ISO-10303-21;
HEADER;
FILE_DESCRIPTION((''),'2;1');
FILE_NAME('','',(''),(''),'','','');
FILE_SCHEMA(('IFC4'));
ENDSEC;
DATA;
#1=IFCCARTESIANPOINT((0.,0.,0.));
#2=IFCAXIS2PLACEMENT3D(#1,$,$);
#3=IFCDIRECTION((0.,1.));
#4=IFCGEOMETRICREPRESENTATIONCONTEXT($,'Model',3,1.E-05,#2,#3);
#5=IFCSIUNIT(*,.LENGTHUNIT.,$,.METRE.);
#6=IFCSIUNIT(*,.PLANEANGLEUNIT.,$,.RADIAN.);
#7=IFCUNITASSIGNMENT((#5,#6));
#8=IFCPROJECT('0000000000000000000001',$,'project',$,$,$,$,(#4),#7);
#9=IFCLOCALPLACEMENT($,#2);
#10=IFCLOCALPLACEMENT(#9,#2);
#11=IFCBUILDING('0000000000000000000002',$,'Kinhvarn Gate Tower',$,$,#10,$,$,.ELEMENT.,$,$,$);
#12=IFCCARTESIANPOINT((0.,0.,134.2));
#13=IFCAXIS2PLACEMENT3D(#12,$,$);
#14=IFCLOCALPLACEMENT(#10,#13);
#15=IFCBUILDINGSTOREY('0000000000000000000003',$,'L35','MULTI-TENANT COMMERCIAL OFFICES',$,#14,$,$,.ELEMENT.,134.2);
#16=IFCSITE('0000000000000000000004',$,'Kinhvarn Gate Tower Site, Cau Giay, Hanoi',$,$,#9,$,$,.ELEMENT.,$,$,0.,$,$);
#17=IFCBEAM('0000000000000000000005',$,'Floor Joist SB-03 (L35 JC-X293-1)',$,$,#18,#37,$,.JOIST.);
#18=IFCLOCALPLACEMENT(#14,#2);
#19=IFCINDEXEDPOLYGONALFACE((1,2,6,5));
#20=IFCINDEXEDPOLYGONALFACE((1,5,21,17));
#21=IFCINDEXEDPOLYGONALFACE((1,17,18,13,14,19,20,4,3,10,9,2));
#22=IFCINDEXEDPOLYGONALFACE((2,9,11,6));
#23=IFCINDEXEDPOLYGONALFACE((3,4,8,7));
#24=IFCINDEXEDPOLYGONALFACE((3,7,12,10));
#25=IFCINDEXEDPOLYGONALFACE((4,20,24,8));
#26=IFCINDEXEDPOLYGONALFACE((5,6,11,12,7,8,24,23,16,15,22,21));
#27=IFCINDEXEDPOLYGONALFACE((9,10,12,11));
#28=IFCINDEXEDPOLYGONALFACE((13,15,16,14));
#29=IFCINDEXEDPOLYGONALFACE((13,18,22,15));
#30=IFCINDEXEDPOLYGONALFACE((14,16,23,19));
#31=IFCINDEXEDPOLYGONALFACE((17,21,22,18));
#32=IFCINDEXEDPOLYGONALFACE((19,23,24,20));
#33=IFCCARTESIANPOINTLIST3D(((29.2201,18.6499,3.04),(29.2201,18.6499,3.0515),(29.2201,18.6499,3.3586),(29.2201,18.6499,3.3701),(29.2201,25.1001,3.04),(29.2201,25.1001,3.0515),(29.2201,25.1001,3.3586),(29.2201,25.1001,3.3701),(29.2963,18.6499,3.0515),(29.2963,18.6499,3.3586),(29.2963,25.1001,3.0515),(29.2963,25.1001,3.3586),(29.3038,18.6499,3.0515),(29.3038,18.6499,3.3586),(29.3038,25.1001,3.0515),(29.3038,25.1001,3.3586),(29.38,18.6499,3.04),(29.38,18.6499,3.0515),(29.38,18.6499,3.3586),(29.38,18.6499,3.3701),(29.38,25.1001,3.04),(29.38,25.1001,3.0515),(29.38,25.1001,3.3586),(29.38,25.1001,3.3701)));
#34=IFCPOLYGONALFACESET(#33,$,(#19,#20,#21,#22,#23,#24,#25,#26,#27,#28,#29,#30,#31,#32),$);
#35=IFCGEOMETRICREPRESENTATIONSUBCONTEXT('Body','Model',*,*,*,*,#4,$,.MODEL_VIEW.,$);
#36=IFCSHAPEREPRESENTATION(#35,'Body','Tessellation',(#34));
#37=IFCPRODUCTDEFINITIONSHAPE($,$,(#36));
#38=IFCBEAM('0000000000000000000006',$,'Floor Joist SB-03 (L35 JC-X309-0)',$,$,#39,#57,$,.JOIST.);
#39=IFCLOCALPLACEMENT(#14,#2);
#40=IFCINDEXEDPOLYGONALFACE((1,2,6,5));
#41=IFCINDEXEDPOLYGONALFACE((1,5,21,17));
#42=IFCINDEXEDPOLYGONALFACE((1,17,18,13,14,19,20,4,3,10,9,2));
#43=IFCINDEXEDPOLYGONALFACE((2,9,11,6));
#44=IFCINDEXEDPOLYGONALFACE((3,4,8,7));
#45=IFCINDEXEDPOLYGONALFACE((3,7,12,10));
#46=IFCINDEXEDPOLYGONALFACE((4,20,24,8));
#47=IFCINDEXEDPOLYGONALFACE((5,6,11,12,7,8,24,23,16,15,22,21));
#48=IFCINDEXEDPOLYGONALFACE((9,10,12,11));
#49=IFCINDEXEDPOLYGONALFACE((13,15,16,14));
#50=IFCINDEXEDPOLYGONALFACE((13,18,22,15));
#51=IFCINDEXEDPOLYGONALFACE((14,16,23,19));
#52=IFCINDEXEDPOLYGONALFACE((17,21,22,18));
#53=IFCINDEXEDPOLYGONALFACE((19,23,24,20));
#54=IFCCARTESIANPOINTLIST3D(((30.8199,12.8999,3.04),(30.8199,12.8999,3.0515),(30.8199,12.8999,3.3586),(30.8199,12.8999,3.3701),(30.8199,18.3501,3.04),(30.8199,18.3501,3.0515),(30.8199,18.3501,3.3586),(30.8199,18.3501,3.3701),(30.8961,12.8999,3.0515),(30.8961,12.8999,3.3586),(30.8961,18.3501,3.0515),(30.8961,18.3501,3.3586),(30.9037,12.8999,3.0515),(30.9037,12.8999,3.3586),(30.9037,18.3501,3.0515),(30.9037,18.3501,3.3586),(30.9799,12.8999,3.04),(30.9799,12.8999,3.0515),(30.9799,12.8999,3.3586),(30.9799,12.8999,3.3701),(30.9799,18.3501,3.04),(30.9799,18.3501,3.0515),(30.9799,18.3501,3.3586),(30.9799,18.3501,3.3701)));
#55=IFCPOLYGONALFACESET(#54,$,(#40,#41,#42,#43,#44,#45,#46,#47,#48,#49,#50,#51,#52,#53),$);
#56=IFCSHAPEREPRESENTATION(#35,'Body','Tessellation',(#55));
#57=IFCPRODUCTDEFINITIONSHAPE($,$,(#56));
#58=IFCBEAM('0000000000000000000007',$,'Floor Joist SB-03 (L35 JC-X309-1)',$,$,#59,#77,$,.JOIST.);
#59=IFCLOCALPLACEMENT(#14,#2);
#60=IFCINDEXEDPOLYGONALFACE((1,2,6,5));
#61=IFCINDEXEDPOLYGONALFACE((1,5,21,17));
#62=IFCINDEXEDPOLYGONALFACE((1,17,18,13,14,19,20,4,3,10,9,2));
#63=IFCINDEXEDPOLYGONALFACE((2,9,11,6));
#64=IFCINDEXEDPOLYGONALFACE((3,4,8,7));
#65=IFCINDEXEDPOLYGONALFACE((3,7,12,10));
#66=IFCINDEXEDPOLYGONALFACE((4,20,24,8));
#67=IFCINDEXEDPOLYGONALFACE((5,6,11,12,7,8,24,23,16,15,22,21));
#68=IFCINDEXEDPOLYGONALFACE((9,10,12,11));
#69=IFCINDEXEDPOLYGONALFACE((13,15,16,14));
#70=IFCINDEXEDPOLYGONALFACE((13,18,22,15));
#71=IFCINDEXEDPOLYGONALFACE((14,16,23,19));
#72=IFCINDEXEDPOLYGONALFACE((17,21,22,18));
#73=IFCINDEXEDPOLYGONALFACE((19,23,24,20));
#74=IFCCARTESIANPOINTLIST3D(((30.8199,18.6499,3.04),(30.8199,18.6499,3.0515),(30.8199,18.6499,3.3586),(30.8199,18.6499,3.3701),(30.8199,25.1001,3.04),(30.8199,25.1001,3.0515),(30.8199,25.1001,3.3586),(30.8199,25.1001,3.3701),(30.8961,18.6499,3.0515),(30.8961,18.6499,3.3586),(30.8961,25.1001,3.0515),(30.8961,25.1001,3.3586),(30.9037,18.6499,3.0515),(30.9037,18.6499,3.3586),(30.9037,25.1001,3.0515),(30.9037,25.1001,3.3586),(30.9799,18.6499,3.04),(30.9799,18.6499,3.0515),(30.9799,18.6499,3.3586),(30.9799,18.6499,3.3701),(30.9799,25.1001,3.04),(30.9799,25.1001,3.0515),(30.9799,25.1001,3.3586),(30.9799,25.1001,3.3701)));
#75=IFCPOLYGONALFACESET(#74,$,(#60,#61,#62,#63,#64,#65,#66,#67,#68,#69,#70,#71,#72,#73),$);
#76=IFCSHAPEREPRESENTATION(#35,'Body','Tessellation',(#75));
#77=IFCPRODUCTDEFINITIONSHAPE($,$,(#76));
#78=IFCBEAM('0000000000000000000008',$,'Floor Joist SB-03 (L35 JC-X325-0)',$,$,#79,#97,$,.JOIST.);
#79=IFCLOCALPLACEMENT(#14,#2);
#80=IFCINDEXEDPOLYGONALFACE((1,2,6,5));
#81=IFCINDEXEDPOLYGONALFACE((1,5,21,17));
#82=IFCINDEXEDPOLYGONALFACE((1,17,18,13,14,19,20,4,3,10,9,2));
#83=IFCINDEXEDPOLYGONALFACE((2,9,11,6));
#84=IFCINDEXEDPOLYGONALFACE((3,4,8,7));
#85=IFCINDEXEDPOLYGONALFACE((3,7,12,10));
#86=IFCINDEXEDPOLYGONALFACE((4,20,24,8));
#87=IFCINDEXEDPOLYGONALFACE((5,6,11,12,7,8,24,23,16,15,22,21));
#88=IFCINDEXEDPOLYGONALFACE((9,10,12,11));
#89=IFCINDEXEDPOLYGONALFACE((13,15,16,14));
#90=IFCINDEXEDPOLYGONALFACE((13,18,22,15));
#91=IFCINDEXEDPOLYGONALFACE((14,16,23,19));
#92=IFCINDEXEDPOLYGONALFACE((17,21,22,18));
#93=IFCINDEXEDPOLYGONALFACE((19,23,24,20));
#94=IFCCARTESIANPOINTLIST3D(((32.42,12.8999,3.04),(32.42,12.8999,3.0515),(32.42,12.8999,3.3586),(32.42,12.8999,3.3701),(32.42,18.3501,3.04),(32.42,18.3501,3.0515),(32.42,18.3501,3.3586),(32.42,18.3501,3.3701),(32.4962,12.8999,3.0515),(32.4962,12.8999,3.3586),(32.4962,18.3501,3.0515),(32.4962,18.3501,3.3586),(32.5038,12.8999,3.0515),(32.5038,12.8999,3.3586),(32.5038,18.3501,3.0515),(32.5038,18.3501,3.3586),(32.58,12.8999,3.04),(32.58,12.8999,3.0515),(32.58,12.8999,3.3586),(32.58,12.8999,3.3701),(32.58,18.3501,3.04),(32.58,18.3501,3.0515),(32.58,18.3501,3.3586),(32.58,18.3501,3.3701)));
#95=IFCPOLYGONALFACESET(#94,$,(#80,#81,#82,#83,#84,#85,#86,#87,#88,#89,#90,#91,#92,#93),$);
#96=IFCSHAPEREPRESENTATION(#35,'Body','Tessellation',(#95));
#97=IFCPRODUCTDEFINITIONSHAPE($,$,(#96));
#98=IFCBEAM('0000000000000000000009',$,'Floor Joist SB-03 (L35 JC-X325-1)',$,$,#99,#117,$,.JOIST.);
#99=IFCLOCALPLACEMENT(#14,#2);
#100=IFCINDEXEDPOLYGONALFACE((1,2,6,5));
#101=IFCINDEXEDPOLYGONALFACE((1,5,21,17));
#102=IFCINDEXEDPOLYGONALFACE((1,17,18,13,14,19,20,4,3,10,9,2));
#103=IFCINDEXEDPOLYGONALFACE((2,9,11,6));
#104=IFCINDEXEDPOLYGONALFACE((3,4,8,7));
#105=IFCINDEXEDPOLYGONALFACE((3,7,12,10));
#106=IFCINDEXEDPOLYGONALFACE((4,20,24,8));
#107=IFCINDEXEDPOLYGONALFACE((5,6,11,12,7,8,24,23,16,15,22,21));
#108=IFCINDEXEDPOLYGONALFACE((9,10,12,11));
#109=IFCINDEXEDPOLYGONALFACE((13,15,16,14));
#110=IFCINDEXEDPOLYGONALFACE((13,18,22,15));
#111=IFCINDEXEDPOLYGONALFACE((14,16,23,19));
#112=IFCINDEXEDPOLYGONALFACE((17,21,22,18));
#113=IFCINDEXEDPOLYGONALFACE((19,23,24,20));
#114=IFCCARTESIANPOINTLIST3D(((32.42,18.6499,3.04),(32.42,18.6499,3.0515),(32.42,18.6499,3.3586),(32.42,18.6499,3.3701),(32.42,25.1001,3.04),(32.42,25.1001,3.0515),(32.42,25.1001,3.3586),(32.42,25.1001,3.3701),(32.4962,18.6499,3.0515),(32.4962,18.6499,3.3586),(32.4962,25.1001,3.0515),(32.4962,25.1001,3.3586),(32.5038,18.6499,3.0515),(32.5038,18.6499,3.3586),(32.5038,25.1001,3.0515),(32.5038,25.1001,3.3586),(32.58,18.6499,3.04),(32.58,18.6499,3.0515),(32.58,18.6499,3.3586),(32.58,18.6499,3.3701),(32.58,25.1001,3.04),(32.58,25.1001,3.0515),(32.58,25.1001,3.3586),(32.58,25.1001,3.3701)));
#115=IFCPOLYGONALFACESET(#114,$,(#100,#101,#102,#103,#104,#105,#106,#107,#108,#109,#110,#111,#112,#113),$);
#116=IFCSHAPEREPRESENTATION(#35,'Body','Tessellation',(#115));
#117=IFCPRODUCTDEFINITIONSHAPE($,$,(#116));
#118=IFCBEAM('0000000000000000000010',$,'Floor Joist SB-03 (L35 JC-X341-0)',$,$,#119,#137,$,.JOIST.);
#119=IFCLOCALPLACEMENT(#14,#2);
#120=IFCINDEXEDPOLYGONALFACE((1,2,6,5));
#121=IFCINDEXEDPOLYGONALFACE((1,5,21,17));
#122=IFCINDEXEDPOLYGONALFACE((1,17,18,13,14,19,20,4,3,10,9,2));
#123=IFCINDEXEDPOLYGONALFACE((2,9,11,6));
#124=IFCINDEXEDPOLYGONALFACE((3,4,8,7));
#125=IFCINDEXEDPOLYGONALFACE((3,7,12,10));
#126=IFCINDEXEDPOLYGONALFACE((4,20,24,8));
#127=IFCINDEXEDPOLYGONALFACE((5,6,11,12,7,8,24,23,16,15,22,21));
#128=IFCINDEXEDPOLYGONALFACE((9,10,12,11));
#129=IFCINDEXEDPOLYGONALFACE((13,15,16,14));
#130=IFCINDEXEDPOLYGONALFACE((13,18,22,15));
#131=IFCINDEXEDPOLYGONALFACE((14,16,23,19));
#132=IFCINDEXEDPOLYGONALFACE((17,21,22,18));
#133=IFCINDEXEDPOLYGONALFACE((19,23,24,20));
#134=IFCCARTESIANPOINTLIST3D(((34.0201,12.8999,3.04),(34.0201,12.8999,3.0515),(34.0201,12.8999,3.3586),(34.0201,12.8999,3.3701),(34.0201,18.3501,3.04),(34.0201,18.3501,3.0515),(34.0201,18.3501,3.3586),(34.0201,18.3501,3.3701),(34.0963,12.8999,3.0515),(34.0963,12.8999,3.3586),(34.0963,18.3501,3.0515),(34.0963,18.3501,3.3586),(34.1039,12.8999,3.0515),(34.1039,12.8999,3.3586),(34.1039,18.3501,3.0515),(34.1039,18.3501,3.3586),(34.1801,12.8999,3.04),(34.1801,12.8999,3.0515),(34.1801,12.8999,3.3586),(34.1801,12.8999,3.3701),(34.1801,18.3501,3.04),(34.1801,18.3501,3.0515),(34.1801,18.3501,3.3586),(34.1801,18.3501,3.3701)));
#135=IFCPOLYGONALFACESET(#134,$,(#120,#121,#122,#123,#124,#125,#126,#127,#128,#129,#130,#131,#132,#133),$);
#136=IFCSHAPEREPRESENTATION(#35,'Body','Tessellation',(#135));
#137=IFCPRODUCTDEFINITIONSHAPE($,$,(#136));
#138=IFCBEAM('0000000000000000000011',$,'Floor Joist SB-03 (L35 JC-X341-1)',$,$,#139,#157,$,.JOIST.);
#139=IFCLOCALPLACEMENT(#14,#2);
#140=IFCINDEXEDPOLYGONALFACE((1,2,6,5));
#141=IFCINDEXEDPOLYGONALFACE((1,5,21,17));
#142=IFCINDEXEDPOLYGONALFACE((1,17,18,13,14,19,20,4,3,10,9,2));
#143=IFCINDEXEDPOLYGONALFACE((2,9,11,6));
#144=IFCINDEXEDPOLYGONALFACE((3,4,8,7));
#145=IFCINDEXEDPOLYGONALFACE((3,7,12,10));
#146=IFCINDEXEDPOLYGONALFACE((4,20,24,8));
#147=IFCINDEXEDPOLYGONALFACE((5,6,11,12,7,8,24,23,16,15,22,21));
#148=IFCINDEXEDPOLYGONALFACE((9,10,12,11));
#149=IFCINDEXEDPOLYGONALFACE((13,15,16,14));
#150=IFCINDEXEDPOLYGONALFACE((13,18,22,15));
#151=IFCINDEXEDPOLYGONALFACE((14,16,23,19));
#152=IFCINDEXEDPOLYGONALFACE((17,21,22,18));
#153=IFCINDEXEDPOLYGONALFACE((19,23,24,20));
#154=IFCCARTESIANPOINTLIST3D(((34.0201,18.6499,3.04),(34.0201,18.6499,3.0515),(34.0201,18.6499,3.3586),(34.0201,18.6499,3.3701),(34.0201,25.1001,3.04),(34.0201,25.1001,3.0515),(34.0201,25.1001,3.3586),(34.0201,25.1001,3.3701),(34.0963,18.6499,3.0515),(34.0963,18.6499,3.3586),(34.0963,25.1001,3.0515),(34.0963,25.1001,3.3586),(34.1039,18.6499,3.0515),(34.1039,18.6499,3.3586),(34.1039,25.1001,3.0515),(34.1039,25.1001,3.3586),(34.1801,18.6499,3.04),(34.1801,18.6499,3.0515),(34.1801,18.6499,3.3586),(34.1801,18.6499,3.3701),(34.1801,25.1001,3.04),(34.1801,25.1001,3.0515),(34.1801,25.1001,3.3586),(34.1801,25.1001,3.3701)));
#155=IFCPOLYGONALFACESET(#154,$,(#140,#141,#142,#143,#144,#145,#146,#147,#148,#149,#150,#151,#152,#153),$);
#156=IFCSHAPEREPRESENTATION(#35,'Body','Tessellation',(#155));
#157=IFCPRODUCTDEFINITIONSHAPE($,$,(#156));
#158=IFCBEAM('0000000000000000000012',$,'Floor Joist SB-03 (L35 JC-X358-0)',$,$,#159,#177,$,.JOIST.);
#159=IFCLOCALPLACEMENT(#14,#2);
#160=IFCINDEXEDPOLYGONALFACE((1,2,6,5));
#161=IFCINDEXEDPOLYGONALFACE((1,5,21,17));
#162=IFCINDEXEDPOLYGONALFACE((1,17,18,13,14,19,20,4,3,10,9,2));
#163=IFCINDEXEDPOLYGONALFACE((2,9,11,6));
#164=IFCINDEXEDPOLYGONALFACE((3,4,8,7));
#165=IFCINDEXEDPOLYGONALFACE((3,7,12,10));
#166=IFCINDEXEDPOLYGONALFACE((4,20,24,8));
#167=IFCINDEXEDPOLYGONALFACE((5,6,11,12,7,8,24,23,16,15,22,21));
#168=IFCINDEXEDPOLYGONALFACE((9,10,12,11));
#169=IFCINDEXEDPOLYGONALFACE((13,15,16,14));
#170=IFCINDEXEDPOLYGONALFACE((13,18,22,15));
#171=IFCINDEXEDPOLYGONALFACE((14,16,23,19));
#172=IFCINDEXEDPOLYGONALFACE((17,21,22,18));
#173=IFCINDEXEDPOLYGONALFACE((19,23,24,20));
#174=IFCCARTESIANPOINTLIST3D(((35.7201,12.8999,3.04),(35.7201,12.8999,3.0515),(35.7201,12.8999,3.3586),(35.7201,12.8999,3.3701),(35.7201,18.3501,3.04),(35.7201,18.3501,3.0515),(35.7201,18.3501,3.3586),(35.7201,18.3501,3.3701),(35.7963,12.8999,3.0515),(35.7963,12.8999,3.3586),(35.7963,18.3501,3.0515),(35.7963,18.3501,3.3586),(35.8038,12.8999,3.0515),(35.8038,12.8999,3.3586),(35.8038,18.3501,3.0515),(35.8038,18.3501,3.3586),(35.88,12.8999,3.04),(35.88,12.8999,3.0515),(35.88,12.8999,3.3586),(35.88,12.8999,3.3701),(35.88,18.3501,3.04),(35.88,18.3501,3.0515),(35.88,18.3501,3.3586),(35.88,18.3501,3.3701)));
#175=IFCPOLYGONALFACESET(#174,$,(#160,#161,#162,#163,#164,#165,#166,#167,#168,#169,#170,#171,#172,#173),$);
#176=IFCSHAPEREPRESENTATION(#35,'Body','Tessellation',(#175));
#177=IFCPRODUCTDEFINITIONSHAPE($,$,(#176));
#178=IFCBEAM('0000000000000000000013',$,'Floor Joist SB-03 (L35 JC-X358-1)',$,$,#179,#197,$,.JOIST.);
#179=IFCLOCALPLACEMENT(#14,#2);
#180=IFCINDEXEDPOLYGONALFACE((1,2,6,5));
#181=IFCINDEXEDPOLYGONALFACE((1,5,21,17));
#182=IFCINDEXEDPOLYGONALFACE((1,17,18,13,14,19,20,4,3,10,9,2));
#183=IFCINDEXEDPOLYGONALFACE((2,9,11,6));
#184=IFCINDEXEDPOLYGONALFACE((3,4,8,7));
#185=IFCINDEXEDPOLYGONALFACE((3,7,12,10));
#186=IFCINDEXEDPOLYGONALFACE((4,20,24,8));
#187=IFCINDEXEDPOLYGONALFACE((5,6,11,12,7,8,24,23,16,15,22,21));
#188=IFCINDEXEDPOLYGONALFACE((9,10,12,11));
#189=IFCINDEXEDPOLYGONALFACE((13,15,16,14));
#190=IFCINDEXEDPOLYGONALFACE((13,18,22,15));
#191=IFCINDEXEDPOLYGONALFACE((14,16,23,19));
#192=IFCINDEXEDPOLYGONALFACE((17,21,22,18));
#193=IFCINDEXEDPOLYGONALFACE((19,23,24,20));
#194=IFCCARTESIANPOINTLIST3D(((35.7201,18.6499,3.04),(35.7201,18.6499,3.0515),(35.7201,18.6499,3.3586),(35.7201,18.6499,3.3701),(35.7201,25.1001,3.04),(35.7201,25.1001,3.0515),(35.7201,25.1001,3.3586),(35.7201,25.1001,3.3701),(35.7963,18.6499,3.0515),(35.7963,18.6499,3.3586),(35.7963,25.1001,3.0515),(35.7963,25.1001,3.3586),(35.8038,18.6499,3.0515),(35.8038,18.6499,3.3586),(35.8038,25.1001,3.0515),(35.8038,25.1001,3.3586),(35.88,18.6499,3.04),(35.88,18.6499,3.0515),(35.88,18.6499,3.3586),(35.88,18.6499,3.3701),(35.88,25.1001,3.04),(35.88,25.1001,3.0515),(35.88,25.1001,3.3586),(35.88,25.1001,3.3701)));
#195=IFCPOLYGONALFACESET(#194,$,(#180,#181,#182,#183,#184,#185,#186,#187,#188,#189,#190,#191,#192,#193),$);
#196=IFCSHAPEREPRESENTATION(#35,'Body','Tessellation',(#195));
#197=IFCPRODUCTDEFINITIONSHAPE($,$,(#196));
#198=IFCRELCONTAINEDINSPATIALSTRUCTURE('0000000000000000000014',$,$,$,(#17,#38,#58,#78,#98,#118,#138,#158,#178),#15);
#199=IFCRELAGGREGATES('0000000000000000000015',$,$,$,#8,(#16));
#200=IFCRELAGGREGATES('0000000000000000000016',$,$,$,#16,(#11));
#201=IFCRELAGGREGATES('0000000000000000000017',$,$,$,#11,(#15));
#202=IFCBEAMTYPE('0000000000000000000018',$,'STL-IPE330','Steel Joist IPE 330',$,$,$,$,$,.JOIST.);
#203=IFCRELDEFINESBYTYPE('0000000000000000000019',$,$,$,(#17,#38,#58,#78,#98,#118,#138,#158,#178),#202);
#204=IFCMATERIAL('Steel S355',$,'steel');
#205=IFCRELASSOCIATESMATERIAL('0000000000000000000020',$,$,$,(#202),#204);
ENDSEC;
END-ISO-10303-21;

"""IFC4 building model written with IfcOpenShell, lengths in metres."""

from ifc_helpers import new_model, si_unit, direction, frame, origin, origin_2d, place, context, subcontext, project, spatial, i_section, extrude, material, material_profile, profile_set, type_object, element, save


model = new_model("IFC4")

# Units and contexts
model_context = context("Model", 3, precision=1e-05, world=origin(), true_north=direction((0.0, 1.0)))
body_context = subcontext(model_context, "Body", "Model", "MODEL_VIEW")
ifc_project = project(units=[si_unit("LENGTHUNIT", "METRE"), si_unit("PLANEANGLEUNIT", "RADIAN")], contexts=[model_context])

# Site, building, storey
site_placement = place(None, origin())
site = spatial("IfcSite", under=ifc_project, at=site_placement, Name="Kinhvarn Gate Tower Site, Cau Giay, Hanoi", CompositionType="ELEMENT", RefElevation=0.0)
building_placement = place(site_placement, origin())
building = spatial("IfcBuilding", under=site, at=building_placement, Name="Kinhvarn Gate Tower", CompositionType="ELEMENT")
storey_placement = place(building_placement, frame((0.0, 0.0, 134.2)))
storey = spatial("IfcBuildingStorey", under=building, at=storey_placement, Name="L35", Description="MULTI-TENANT COMMERCIAL OFFICES", CompositionType="ELEMENT", Elevation=134.2)

# Beams
ifc_material_1 = material(Name="Steel S355", Category="steel")
ifc_material_profile_1 = material_profile(ifc_material_1, i_section(OverallWidth=0.1599, OverallDepth=0.3301, WebThickness=0.0076, FlangeThickness=0.0115, at=origin_2d()), Name="IPE 330")
ifc_profile_set_1 = profile_set([ifc_material_profile_1], Name="Steel S355")
beam_type_1 = type_object("IfcBeamType", Name="STL-IPE330", Description="Steel Joist IPE 330", PredefinedType="JOIST", material=ifc_profile_set_1)
beam_1_placement = place(storey_placement, frame((29.3, 18.6499, 3.2051), z_axis=(0.0, 1.0, 0.0), x_axis=(-1.0, 0.0, 0.0)))
element("IfcBeam", 1, at=beam_1_placement, inside=storey, type_object=beam_type_1, Name="Floor Joist SB-03 (L35 JC-X293-1)", PredefinedType="JOIST", context=body_context, shape_type="SweptSolid", body=[
    extrude(i_section(OverallWidth=0.1599, OverallDepth=0.3301, WebThickness=0.0076, FlangeThickness=0.0115, at=origin_2d()), origin(), (0.0, 0.0, 1.0), 6.4502),
])
beam_2_placement = place(storey_placement, frame((30.8999, 12.8999, 3.2051), z_axis=(0.0, 1.0, 0.0), x_axis=(-1.0, 0.0, 0.0)))
element("IfcBeam", 2, at=beam_2_placement, inside=storey, type_object=beam_type_1, Name="Floor Joist SB-03 (L35 JC-X309-0)", PredefinedType="JOIST", context=body_context, shape_type="SweptSolid", body=[
    extrude(i_section(OverallWidth=0.1599, OverallDepth=0.3301, WebThickness=0.0076, FlangeThickness=0.0115, at=origin_2d()), origin(), (0.0, 0.0, 1.0), 5.4502),
])
beam_3_placement = place(storey_placement, frame((30.8999, 18.6499, 3.2051), z_axis=(0.0, 1.0, 0.0), x_axis=(-1.0, 0.0, 0.0)))
element("IfcBeam", 3, at=beam_3_placement, inside=storey, type_object=beam_type_1, Name="Floor Joist SB-03 (L35 JC-X309-1)", PredefinedType="JOIST", context=body_context, shape_type="SweptSolid", body=[
    extrude(i_section(OverallWidth=0.1599, OverallDepth=0.3301, WebThickness=0.0076, FlangeThickness=0.0115, at=origin_2d()), origin(), (0.0, 0.0, 1.0), 6.4502),
])
beam_4_placement = place(storey_placement, frame((32.5, 12.8999, 3.2051), z_axis=(0.0, 1.0, 0.0), x_axis=(-1.0, 0.0, 0.0)))
element("IfcBeam", 4, at=beam_4_placement, inside=storey, type_object=beam_type_1, Name="Floor Joist SB-03 (L35 JC-X325-0)", PredefinedType="JOIST", context=body_context, shape_type="SweptSolid", body=[
    extrude(i_section(OverallWidth=0.1599, OverallDepth=0.3301, WebThickness=0.0076, FlangeThickness=0.0115, at=origin_2d()), origin(), (0.0, 0.0, 1.0), 5.4502),
])
beam_5_placement = place(storey_placement, frame((32.5, 18.6499, 3.2051), z_axis=(0.0, 1.0, 0.0), x_axis=(-1.0, 0.0, 0.0)))
element("IfcBeam", 5, at=beam_5_placement, inside=storey, type_object=beam_type_1, Name="Floor Joist SB-03 (L35 JC-X325-1)", PredefinedType="JOIST", context=body_context, shape_type="SweptSolid", body=[
    extrude(i_section(OverallWidth=0.1599, OverallDepth=0.3301, WebThickness=0.0076, FlangeThickness=0.0115, at=origin_2d()), origin(), (0.0, 0.0, 1.0), 6.4502),
])
beam_6_placement = place(storey_placement, frame((34.1001, 12.8999, 3.2051), z_axis=(0.0, 1.0, 0.0), x_axis=(-1.0, 0.0, 0.0)))
element("IfcBeam", 6, at=beam_6_placement, inside=storey, type_object=beam_type_1, Name="Floor Joist SB-03 (L35 JC-X341-0)", PredefinedType="JOIST", context=body_context, shape_type="SweptSolid", body=[
    extrude(i_section(OverallWidth=0.1599, OverallDepth=0.3301, WebThickness=0.0076, FlangeThickness=0.0115, at=origin_2d()), origin(), (0.0, 0.0, 1.0), 5.4502),
])
beam_7_placement = place(storey_placement, frame((34.1001, 18.6499, 3.2051), z_axis=(0.0, 1.0, 0.0), x_axis=(-1.0, 0.0, 0.0)))
element("IfcBeam", 7, at=beam_7_placement, inside=storey, type_object=beam_type_1, Name="Floor Joist SB-03 (L35 JC-X341-1)", PredefinedType="JOIST", context=body_context, shape_type="SweptSolid", body=[
    extrude(i_section(OverallWidth=0.1599, OverallDepth=0.3301, WebThickness=0.0076, FlangeThickness=0.0115, at=origin_2d()), origin(), (0.0, 0.0, 1.0), 6.4502),
])
beam_8_placement = place(storey_placement, frame((35.8, 12.8999, 3.2051), z_axis=(0.0, 1.0, 0.0), x_axis=(-1.0, 0.0, 0.0)))
element("IfcBeam", 8, at=beam_8_placement, inside=storey, type_object=beam_type_1, Name="Floor Joist SB-03 (L35 JC-X358-0)", PredefinedType="JOIST", context=body_context, shape_type="SweptSolid", body=[
    extrude(i_section(OverallWidth=0.1599, OverallDepth=0.3301, WebThickness=0.0076, FlangeThickness=0.0115, at=origin_2d()), origin(), (0.0, 0.0, 1.0), 5.4502),
])
beam_9_placement = place(storey_placement, frame((35.8, 18.6499, 3.2051), z_axis=(0.0, 1.0, 0.0), x_axis=(-1.0, 0.0, 0.0)))
element("IfcBeam", 9, at=beam_9_placement, inside=storey, type_object=beam_type_1, Name="Floor Joist SB-03 (L35 JC-X358-1)", PredefinedType="JOIST", context=body_context, shape_type="SweptSolid", body=[
    extrude(i_section(OverallWidth=0.1599, OverallDepth=0.3301, WebThickness=0.0076, FlangeThickness=0.0115, at=origin_2d()), origin(), (0.0, 0.0, 1.0), 6.4502),
])

save(model, "model.ifc")
